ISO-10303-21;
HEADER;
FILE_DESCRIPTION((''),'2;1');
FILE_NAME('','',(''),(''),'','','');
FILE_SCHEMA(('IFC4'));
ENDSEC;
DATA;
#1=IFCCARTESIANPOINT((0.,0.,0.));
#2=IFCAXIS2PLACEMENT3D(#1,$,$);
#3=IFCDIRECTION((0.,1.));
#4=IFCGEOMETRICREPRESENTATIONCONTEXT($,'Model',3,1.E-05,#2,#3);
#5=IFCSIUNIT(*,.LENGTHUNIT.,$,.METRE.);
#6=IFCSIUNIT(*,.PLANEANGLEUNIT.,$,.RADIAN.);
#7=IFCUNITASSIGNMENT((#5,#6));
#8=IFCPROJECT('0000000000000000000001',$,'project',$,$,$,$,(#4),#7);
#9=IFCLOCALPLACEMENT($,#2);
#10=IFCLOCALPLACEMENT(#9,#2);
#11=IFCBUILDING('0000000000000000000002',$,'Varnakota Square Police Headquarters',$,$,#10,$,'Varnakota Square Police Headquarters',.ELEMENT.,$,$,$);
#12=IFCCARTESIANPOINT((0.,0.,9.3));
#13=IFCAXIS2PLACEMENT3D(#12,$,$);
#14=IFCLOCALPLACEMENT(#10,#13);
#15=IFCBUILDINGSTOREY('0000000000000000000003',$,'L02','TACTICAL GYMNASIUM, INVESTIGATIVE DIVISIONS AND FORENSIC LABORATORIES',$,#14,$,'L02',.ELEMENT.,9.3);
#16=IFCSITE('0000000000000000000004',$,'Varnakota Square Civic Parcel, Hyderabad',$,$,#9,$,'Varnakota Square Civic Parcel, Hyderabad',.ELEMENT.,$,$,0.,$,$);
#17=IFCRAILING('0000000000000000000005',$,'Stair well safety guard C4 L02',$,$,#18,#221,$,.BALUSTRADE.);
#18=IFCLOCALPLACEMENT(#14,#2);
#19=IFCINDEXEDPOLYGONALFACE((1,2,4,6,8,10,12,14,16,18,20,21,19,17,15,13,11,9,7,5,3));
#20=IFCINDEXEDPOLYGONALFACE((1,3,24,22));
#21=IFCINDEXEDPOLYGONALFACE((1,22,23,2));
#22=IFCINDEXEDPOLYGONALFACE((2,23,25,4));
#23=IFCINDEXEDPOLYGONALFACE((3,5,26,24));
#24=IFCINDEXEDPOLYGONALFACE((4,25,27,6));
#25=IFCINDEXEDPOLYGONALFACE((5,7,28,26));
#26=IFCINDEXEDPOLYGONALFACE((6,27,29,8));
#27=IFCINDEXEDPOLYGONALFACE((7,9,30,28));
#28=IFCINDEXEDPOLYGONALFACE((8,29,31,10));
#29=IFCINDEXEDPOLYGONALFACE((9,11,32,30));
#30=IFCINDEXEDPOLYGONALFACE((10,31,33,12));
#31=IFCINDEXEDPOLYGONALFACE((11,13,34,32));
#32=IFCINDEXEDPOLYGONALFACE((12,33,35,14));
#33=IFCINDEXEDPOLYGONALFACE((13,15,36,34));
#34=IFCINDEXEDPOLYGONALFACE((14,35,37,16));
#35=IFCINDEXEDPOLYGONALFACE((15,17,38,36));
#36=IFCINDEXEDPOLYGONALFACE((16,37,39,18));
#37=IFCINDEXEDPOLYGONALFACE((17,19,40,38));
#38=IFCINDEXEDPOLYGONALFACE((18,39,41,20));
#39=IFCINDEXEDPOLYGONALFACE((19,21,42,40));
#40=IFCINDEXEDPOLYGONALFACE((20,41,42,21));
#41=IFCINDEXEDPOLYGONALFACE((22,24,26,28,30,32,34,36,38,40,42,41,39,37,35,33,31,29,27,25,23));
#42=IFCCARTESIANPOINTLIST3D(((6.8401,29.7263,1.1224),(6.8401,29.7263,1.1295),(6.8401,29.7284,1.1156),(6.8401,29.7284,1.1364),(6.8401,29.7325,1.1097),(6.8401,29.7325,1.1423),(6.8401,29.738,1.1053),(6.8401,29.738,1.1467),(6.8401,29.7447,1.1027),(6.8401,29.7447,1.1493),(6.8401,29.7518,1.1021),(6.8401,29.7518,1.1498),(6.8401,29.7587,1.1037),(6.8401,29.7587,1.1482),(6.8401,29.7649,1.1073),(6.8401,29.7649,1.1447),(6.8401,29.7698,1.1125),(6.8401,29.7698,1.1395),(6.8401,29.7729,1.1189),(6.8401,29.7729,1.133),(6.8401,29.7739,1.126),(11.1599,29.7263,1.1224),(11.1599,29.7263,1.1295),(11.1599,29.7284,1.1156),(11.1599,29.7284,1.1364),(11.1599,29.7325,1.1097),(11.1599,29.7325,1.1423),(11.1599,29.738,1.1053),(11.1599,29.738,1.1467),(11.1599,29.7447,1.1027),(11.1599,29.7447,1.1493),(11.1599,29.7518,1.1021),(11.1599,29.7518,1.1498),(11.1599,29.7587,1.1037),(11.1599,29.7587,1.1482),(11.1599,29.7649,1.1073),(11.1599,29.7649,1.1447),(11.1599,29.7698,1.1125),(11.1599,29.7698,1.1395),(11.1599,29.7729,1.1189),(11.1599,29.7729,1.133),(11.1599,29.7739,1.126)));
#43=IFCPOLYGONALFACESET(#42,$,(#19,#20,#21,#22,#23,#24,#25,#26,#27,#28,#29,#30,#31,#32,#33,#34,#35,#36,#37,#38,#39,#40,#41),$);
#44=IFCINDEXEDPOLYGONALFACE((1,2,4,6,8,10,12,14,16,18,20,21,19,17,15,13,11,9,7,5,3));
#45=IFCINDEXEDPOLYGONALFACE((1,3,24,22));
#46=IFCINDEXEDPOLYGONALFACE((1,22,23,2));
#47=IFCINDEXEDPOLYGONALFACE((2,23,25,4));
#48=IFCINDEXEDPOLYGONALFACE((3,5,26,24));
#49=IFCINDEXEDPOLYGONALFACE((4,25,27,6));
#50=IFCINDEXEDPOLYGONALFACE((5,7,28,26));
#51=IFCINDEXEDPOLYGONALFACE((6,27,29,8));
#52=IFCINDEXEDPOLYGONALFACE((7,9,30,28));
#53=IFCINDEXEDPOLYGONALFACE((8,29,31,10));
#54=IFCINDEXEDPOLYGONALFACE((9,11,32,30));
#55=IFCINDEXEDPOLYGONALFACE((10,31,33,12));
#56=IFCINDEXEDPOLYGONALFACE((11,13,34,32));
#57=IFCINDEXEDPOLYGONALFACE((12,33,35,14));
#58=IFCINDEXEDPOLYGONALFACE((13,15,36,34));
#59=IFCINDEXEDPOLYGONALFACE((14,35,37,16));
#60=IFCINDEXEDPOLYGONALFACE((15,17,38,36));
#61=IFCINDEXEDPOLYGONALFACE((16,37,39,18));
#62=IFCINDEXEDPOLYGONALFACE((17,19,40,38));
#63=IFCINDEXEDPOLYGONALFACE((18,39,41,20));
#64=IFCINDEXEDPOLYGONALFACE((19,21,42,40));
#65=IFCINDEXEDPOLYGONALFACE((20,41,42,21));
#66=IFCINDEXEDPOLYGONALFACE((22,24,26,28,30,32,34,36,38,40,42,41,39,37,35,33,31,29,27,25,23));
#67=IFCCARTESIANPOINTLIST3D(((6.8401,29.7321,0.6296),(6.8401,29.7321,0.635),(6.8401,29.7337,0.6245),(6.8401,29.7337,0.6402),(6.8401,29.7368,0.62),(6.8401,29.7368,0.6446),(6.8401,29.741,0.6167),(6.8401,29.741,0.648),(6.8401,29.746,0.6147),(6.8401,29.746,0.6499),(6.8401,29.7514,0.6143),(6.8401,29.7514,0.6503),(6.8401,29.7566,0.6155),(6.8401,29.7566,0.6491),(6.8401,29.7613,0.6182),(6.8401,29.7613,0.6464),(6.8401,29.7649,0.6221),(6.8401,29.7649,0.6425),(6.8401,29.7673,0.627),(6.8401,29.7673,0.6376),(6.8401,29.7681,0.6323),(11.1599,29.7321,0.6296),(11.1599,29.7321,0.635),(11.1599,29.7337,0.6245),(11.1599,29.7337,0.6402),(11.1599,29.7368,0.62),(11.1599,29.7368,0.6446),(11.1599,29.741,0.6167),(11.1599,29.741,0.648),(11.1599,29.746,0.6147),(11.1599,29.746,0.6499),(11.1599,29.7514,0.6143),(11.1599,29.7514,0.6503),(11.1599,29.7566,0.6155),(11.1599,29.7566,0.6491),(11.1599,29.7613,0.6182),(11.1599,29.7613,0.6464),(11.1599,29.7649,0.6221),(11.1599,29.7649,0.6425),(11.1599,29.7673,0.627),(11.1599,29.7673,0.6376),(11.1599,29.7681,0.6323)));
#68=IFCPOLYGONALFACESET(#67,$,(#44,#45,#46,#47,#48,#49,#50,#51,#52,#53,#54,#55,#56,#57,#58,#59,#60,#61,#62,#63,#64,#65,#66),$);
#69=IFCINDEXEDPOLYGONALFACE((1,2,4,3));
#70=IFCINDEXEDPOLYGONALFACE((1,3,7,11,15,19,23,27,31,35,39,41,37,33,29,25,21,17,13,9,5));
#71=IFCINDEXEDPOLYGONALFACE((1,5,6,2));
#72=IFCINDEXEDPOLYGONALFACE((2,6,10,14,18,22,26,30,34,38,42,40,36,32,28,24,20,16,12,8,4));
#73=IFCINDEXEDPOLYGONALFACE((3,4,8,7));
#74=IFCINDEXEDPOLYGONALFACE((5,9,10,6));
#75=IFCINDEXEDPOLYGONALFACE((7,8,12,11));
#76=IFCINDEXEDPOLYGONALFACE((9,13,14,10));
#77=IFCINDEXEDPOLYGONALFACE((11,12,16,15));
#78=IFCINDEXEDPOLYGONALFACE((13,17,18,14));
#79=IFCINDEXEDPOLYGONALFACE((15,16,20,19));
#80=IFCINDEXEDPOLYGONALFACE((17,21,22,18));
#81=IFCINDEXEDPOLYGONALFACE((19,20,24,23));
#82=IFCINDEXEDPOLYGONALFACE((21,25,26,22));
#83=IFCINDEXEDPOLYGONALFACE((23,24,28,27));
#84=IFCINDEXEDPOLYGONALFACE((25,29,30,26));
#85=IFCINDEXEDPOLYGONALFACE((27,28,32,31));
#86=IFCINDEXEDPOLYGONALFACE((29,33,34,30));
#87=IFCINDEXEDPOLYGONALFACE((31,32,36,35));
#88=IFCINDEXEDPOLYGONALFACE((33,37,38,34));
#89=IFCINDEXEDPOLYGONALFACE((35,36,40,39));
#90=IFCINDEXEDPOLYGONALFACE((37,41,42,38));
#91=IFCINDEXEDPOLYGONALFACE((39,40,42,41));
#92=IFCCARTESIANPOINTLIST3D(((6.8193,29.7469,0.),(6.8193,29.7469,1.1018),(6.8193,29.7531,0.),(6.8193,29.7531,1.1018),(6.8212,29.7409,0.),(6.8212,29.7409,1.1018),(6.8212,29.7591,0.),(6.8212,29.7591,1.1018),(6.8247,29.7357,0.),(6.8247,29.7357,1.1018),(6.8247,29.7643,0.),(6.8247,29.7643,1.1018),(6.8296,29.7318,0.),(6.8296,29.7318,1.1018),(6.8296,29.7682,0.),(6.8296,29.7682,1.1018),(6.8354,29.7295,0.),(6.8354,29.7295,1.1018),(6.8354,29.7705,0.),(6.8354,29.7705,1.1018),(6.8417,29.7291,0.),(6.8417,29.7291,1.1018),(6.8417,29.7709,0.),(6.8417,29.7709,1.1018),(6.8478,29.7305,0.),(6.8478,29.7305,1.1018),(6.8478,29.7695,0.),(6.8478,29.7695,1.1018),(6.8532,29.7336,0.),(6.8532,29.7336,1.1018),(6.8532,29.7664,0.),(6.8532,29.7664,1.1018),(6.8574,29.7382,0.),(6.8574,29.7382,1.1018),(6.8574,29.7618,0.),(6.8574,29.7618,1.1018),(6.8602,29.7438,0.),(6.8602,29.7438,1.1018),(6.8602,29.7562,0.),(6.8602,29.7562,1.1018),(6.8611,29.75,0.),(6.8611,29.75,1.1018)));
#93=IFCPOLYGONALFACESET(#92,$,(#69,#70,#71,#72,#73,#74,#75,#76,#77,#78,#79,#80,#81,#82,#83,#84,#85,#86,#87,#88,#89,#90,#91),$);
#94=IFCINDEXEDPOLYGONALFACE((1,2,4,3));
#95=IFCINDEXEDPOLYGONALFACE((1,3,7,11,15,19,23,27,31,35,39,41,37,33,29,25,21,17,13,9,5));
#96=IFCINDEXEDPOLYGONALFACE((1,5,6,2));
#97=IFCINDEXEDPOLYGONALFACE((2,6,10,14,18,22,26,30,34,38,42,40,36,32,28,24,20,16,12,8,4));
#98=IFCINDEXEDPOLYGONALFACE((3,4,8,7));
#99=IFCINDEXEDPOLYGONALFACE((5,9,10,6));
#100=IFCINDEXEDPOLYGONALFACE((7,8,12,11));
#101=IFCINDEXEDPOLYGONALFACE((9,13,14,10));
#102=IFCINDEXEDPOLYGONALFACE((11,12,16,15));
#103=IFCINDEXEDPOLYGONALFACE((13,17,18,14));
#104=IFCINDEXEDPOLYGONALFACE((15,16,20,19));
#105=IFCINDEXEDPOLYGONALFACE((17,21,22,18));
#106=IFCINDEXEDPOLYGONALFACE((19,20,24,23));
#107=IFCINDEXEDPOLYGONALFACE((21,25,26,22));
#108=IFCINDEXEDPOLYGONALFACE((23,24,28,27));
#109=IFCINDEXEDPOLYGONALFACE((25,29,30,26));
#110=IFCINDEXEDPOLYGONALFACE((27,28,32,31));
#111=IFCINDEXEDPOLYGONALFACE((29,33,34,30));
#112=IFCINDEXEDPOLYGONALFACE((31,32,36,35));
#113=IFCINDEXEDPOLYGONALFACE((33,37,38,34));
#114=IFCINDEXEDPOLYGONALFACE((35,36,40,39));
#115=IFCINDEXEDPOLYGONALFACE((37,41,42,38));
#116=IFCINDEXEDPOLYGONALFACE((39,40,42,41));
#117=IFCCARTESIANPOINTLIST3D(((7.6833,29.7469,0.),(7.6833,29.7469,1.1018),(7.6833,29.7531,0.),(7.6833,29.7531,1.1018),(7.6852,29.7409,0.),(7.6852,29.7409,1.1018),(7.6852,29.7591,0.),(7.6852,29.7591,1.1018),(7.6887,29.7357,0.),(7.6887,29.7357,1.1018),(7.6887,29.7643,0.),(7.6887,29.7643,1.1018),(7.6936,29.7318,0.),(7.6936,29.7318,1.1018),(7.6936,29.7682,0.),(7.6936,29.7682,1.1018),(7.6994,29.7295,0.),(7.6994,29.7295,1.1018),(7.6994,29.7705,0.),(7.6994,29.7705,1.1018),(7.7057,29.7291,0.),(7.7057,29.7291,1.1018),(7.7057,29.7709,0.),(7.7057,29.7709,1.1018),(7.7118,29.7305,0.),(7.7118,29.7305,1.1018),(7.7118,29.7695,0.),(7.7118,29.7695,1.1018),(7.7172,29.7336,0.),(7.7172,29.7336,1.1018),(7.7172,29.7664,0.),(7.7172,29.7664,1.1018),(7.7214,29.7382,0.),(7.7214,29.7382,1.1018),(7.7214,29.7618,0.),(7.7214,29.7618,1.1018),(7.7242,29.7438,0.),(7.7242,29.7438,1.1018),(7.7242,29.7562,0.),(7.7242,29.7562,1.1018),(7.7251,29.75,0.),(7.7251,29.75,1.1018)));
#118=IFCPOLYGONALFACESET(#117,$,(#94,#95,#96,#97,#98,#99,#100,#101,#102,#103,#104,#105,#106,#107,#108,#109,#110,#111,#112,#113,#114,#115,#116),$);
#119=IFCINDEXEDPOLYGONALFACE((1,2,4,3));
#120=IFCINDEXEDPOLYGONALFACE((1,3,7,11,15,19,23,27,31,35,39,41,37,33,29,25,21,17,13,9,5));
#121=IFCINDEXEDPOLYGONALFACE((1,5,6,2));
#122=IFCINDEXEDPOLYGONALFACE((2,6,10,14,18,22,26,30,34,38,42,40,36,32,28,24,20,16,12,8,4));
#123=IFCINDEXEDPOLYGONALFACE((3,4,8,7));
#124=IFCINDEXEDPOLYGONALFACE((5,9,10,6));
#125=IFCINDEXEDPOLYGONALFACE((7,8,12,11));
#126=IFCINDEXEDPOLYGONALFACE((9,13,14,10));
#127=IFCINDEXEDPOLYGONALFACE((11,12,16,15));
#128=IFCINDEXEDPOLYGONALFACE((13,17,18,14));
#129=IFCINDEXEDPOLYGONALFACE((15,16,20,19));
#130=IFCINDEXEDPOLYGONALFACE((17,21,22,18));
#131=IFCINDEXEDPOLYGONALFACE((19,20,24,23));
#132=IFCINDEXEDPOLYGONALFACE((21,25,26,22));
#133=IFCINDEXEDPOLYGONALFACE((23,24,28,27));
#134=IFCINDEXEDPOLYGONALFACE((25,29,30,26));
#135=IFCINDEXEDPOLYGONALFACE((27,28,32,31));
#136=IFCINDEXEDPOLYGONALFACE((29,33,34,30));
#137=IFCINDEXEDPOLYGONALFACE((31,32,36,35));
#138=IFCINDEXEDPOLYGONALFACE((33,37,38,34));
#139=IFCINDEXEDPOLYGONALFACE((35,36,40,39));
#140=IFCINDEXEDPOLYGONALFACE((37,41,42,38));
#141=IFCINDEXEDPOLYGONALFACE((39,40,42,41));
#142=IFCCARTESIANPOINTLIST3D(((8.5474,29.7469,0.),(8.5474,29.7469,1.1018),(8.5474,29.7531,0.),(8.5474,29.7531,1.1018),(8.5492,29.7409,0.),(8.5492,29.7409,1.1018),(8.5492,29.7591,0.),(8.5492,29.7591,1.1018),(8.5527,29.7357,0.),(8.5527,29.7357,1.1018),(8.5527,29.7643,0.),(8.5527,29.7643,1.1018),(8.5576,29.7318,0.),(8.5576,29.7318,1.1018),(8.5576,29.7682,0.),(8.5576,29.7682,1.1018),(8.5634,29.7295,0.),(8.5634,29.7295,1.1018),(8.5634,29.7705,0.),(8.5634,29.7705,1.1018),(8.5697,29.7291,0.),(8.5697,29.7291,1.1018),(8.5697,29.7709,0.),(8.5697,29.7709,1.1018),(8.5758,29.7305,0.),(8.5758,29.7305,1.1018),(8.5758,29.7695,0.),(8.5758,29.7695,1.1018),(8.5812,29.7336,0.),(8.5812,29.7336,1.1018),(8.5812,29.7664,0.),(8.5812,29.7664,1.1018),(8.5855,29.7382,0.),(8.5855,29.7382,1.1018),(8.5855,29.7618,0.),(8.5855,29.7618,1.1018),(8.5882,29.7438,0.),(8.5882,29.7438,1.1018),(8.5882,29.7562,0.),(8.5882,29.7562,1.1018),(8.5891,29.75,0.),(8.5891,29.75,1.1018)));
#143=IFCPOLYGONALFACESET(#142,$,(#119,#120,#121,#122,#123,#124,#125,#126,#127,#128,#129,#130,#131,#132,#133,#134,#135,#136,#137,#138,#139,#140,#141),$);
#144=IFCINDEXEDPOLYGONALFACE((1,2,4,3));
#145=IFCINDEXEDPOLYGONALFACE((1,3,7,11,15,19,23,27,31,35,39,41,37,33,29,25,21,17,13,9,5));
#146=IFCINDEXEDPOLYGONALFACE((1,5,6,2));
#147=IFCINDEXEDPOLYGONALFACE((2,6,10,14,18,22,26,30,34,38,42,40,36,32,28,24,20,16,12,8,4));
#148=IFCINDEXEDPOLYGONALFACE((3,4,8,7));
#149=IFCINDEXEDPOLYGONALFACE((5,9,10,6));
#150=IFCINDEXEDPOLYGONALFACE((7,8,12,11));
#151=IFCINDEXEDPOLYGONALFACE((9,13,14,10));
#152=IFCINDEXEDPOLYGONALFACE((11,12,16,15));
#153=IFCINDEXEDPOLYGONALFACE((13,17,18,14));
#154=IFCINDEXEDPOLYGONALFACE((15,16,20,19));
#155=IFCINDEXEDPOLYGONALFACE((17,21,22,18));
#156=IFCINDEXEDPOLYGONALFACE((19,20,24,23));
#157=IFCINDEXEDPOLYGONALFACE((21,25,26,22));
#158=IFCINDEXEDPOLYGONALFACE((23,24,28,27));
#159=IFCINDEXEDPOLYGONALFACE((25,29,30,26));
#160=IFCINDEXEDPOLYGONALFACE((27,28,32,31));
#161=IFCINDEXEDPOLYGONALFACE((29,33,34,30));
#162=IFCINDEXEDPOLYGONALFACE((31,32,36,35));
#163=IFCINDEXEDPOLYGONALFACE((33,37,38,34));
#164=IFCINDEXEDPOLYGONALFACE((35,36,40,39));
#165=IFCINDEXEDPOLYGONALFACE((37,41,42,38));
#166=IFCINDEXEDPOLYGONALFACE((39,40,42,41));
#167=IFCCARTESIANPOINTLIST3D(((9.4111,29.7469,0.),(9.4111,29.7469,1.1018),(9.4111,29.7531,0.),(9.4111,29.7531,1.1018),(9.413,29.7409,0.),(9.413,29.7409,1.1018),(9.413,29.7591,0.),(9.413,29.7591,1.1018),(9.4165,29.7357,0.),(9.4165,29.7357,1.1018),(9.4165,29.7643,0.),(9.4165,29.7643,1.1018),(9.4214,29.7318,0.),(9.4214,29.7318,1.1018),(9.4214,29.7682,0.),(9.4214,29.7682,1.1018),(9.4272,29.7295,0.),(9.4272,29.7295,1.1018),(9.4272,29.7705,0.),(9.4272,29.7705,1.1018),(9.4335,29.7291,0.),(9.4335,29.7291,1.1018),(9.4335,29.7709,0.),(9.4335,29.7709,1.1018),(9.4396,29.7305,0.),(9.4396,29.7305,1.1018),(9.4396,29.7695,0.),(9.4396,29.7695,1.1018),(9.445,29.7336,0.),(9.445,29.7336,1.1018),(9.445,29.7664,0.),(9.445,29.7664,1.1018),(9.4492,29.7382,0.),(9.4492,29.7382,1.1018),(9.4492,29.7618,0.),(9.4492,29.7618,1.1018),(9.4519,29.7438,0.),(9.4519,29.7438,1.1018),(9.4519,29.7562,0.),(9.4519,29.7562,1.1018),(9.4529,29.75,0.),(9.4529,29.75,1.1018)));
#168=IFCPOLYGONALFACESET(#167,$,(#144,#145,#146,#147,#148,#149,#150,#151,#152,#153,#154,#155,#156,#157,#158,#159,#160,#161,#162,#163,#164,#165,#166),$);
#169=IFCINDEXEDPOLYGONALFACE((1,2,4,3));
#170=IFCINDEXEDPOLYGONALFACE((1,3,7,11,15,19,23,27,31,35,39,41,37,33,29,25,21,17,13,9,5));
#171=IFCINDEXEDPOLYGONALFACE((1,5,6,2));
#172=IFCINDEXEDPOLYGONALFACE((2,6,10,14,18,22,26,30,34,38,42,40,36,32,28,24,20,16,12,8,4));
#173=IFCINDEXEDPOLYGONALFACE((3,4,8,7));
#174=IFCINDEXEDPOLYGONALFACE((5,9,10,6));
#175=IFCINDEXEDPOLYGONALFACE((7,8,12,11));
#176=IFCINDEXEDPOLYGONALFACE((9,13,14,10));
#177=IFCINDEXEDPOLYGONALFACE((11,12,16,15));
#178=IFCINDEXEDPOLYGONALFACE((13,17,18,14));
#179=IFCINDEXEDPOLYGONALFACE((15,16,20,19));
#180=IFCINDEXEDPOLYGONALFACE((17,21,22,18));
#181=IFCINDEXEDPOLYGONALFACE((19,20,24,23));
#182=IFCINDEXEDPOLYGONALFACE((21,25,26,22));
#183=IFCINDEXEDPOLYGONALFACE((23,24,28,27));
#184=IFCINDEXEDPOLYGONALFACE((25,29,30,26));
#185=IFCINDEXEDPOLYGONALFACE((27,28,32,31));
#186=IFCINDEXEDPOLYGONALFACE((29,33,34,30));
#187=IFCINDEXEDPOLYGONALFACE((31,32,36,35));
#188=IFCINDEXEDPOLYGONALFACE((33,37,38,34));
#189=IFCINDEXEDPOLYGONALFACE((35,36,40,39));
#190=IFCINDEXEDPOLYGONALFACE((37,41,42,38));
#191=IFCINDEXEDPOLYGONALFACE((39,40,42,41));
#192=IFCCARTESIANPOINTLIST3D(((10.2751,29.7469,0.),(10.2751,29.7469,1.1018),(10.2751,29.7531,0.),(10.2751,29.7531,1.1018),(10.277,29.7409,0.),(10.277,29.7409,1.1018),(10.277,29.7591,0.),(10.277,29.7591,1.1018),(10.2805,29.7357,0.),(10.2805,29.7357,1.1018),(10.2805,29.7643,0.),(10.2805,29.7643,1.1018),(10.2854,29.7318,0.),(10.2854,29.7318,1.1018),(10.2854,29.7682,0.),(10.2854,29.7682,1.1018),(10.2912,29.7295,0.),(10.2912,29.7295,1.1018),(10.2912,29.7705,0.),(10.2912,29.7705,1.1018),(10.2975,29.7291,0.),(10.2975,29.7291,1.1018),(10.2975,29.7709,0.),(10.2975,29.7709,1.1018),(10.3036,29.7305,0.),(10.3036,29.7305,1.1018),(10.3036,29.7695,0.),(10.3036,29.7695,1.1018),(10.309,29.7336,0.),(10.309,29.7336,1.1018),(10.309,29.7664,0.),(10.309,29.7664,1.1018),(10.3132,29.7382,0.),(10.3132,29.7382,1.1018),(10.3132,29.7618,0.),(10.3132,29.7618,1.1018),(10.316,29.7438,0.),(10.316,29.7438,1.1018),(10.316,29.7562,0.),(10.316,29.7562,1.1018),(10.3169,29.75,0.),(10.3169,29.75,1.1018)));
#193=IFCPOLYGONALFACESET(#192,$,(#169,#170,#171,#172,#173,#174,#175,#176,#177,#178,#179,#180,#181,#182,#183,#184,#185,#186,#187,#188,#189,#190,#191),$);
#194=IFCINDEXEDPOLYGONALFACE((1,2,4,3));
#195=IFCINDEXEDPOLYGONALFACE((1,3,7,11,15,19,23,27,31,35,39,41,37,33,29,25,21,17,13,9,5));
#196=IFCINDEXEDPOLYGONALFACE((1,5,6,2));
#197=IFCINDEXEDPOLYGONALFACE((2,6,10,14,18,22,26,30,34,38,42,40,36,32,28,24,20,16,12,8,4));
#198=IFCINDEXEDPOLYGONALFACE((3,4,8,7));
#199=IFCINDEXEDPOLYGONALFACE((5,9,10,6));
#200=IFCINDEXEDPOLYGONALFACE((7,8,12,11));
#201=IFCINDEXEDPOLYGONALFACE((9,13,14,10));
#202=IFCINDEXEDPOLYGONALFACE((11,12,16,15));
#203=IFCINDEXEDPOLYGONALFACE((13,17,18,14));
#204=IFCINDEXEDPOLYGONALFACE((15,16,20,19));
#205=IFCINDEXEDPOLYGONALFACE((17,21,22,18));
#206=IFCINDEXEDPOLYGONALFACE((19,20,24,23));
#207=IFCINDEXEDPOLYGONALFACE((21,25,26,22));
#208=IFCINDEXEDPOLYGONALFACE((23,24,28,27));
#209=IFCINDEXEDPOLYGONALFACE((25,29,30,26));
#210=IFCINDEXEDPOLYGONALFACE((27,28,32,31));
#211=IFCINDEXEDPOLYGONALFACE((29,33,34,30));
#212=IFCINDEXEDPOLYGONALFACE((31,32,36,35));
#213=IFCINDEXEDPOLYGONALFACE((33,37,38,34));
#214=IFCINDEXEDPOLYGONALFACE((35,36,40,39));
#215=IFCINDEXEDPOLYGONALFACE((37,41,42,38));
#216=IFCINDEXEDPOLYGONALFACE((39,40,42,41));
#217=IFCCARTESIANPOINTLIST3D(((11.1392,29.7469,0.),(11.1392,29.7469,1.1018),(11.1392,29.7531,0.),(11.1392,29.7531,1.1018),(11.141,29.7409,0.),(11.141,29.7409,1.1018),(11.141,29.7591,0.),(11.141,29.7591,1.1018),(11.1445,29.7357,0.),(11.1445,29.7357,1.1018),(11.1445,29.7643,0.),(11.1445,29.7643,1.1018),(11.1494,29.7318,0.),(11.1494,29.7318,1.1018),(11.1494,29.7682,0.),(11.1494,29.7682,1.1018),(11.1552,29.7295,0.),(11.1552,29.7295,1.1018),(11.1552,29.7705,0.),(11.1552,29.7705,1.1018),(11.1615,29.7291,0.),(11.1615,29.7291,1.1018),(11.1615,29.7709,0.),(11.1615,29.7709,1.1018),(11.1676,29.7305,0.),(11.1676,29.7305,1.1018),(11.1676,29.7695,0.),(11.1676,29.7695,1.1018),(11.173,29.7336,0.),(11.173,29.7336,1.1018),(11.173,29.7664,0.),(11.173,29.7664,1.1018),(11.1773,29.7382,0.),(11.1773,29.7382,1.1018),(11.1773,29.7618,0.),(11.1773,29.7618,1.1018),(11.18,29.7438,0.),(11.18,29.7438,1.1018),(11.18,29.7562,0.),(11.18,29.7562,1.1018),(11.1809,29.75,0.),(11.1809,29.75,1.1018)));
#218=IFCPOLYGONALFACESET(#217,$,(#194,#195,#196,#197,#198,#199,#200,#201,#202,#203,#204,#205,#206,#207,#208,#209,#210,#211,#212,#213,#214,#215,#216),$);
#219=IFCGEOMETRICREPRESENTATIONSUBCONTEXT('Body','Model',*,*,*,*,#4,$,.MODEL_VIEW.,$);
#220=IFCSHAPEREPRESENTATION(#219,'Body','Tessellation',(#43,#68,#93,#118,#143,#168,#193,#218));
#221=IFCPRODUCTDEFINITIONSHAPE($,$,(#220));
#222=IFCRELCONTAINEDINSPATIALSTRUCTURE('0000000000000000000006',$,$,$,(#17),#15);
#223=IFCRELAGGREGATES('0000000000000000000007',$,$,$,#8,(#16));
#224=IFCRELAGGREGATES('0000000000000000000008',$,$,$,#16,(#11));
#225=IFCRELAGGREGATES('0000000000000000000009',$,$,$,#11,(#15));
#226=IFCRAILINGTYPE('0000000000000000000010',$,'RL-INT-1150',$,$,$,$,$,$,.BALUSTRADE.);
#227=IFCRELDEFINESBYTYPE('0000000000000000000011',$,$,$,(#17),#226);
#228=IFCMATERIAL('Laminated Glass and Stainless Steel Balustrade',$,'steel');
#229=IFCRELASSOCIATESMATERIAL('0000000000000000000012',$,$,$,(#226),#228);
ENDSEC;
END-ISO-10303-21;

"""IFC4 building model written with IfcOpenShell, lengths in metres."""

from ifc_helpers import new_model, si_unit, direction, frame, origin, origin_2d, place, context, subcontext, project, spatial, circle, extrude, material, type_object, element, save


model = new_model("IFC4")

# Units and contexts
model_context = context("Model", 3, precision=1e-05, world=origin(), true_north=direction((0.0, 1.0)))
body_context = subcontext(model_context, "Body", "Model", "MODEL_VIEW")
ifc_project = project(units=[si_unit("LENGTHUNIT", "METRE"), si_unit("PLANEANGLEUNIT", "RADIAN")], contexts=[model_context])

# Site, building, storey
site_placement = place(None, origin())
site = spatial("IfcSite", under=ifc_project, at=site_placement, Name="Varnakota Square Civic Parcel, Hyderabad", LongName="Varnakota Square Civic Parcel, Hyderabad", CompositionType="ELEMENT", RefElevation=0.0)
building_placement = place(site_placement, origin())
building = spatial("IfcBuilding", under=site, at=building_placement, Name="Varnakota Square Police Headquarters", LongName="Varnakota Square Police Headquarters", CompositionType="ELEMENT")
storey_placement = place(building_placement, frame((0.0, 0.0, 9.3)))
storey = spatial("IfcBuildingStorey", under=building, at=storey_placement, Name="L02", Description="TACTICAL GYMNASIUM, INVESTIGATIVE DIVISIONS AND FORENSIC LABORATORIES", LongName="L02", CompositionType="ELEMENT", Elevation=9.3)

# Railing
ifc_material_1 = material(Name="Laminated Glass and Stainless Steel Balustrade", Category="steel")
railing_type = type_object("IfcRailingType", Name="RL-INT-1150", PredefinedType="BALUSTRADE", material=ifc_material_1)
railing_1_placement = place(storey_placement, frame((6.8401, 29.75, 0.0)))
element("IfcRailing", 1, at=railing_1_placement, inside=storey, type_object=railing_type, Name="Stair well safety guard C4 L02", PredefinedType="BALUSTRADE", context=body_context, shape_type="SweptSolid", body=[
    extrude(circle(Radius=0.0239, at=origin_2d()), frame((0.0, 0.0, 1.126), z_axis=(1.0, 0.0, 0.0), x_axis=(0.0, 1.0, 0.0)), (0.0, 0.0, 1.0), 4.3198),
    extrude(circle(Radius=0.0181, at=origin_2d()), frame((0.0, 0.0, 0.6323), z_axis=(1.0, 0.0, 0.0), x_axis=(0.0, 1.0, 0.0)), (0.0, 0.0, 1.0), 4.3198),
    extrude(circle(Radius=0.021, at=origin_2d()), origin(), (0.0, 0.0, 1.0), 1.1018),
    extrude(circle(Radius=0.021, at=origin_2d()), frame((0.864, 0.0, 0.0)), (0.0, 0.0, 1.0), 1.1018),
    extrude(circle(Radius=0.021, at=origin_2d()), frame((1.728, 0.0, 0.0)), (0.0, 0.0, 1.0), 1.1018),
    extrude(circle(Radius=0.021, at=origin_2d()), frame((2.5918, 0.0, 0.0)), (0.0, 0.0, 1.0), 1.1018),
    extrude(circle(Radius=0.021, at=origin_2d()), frame((3.4558, 0.0, 0.0)), (0.0, 0.0, 1.0), 1.1018),
    extrude(circle(Radius=0.021, at=origin_2d()), frame((4.3198, 0.0, 0.0)), (0.0, 0.0, 1.0), 1.1018),
])

save(model, "model.ifc")
